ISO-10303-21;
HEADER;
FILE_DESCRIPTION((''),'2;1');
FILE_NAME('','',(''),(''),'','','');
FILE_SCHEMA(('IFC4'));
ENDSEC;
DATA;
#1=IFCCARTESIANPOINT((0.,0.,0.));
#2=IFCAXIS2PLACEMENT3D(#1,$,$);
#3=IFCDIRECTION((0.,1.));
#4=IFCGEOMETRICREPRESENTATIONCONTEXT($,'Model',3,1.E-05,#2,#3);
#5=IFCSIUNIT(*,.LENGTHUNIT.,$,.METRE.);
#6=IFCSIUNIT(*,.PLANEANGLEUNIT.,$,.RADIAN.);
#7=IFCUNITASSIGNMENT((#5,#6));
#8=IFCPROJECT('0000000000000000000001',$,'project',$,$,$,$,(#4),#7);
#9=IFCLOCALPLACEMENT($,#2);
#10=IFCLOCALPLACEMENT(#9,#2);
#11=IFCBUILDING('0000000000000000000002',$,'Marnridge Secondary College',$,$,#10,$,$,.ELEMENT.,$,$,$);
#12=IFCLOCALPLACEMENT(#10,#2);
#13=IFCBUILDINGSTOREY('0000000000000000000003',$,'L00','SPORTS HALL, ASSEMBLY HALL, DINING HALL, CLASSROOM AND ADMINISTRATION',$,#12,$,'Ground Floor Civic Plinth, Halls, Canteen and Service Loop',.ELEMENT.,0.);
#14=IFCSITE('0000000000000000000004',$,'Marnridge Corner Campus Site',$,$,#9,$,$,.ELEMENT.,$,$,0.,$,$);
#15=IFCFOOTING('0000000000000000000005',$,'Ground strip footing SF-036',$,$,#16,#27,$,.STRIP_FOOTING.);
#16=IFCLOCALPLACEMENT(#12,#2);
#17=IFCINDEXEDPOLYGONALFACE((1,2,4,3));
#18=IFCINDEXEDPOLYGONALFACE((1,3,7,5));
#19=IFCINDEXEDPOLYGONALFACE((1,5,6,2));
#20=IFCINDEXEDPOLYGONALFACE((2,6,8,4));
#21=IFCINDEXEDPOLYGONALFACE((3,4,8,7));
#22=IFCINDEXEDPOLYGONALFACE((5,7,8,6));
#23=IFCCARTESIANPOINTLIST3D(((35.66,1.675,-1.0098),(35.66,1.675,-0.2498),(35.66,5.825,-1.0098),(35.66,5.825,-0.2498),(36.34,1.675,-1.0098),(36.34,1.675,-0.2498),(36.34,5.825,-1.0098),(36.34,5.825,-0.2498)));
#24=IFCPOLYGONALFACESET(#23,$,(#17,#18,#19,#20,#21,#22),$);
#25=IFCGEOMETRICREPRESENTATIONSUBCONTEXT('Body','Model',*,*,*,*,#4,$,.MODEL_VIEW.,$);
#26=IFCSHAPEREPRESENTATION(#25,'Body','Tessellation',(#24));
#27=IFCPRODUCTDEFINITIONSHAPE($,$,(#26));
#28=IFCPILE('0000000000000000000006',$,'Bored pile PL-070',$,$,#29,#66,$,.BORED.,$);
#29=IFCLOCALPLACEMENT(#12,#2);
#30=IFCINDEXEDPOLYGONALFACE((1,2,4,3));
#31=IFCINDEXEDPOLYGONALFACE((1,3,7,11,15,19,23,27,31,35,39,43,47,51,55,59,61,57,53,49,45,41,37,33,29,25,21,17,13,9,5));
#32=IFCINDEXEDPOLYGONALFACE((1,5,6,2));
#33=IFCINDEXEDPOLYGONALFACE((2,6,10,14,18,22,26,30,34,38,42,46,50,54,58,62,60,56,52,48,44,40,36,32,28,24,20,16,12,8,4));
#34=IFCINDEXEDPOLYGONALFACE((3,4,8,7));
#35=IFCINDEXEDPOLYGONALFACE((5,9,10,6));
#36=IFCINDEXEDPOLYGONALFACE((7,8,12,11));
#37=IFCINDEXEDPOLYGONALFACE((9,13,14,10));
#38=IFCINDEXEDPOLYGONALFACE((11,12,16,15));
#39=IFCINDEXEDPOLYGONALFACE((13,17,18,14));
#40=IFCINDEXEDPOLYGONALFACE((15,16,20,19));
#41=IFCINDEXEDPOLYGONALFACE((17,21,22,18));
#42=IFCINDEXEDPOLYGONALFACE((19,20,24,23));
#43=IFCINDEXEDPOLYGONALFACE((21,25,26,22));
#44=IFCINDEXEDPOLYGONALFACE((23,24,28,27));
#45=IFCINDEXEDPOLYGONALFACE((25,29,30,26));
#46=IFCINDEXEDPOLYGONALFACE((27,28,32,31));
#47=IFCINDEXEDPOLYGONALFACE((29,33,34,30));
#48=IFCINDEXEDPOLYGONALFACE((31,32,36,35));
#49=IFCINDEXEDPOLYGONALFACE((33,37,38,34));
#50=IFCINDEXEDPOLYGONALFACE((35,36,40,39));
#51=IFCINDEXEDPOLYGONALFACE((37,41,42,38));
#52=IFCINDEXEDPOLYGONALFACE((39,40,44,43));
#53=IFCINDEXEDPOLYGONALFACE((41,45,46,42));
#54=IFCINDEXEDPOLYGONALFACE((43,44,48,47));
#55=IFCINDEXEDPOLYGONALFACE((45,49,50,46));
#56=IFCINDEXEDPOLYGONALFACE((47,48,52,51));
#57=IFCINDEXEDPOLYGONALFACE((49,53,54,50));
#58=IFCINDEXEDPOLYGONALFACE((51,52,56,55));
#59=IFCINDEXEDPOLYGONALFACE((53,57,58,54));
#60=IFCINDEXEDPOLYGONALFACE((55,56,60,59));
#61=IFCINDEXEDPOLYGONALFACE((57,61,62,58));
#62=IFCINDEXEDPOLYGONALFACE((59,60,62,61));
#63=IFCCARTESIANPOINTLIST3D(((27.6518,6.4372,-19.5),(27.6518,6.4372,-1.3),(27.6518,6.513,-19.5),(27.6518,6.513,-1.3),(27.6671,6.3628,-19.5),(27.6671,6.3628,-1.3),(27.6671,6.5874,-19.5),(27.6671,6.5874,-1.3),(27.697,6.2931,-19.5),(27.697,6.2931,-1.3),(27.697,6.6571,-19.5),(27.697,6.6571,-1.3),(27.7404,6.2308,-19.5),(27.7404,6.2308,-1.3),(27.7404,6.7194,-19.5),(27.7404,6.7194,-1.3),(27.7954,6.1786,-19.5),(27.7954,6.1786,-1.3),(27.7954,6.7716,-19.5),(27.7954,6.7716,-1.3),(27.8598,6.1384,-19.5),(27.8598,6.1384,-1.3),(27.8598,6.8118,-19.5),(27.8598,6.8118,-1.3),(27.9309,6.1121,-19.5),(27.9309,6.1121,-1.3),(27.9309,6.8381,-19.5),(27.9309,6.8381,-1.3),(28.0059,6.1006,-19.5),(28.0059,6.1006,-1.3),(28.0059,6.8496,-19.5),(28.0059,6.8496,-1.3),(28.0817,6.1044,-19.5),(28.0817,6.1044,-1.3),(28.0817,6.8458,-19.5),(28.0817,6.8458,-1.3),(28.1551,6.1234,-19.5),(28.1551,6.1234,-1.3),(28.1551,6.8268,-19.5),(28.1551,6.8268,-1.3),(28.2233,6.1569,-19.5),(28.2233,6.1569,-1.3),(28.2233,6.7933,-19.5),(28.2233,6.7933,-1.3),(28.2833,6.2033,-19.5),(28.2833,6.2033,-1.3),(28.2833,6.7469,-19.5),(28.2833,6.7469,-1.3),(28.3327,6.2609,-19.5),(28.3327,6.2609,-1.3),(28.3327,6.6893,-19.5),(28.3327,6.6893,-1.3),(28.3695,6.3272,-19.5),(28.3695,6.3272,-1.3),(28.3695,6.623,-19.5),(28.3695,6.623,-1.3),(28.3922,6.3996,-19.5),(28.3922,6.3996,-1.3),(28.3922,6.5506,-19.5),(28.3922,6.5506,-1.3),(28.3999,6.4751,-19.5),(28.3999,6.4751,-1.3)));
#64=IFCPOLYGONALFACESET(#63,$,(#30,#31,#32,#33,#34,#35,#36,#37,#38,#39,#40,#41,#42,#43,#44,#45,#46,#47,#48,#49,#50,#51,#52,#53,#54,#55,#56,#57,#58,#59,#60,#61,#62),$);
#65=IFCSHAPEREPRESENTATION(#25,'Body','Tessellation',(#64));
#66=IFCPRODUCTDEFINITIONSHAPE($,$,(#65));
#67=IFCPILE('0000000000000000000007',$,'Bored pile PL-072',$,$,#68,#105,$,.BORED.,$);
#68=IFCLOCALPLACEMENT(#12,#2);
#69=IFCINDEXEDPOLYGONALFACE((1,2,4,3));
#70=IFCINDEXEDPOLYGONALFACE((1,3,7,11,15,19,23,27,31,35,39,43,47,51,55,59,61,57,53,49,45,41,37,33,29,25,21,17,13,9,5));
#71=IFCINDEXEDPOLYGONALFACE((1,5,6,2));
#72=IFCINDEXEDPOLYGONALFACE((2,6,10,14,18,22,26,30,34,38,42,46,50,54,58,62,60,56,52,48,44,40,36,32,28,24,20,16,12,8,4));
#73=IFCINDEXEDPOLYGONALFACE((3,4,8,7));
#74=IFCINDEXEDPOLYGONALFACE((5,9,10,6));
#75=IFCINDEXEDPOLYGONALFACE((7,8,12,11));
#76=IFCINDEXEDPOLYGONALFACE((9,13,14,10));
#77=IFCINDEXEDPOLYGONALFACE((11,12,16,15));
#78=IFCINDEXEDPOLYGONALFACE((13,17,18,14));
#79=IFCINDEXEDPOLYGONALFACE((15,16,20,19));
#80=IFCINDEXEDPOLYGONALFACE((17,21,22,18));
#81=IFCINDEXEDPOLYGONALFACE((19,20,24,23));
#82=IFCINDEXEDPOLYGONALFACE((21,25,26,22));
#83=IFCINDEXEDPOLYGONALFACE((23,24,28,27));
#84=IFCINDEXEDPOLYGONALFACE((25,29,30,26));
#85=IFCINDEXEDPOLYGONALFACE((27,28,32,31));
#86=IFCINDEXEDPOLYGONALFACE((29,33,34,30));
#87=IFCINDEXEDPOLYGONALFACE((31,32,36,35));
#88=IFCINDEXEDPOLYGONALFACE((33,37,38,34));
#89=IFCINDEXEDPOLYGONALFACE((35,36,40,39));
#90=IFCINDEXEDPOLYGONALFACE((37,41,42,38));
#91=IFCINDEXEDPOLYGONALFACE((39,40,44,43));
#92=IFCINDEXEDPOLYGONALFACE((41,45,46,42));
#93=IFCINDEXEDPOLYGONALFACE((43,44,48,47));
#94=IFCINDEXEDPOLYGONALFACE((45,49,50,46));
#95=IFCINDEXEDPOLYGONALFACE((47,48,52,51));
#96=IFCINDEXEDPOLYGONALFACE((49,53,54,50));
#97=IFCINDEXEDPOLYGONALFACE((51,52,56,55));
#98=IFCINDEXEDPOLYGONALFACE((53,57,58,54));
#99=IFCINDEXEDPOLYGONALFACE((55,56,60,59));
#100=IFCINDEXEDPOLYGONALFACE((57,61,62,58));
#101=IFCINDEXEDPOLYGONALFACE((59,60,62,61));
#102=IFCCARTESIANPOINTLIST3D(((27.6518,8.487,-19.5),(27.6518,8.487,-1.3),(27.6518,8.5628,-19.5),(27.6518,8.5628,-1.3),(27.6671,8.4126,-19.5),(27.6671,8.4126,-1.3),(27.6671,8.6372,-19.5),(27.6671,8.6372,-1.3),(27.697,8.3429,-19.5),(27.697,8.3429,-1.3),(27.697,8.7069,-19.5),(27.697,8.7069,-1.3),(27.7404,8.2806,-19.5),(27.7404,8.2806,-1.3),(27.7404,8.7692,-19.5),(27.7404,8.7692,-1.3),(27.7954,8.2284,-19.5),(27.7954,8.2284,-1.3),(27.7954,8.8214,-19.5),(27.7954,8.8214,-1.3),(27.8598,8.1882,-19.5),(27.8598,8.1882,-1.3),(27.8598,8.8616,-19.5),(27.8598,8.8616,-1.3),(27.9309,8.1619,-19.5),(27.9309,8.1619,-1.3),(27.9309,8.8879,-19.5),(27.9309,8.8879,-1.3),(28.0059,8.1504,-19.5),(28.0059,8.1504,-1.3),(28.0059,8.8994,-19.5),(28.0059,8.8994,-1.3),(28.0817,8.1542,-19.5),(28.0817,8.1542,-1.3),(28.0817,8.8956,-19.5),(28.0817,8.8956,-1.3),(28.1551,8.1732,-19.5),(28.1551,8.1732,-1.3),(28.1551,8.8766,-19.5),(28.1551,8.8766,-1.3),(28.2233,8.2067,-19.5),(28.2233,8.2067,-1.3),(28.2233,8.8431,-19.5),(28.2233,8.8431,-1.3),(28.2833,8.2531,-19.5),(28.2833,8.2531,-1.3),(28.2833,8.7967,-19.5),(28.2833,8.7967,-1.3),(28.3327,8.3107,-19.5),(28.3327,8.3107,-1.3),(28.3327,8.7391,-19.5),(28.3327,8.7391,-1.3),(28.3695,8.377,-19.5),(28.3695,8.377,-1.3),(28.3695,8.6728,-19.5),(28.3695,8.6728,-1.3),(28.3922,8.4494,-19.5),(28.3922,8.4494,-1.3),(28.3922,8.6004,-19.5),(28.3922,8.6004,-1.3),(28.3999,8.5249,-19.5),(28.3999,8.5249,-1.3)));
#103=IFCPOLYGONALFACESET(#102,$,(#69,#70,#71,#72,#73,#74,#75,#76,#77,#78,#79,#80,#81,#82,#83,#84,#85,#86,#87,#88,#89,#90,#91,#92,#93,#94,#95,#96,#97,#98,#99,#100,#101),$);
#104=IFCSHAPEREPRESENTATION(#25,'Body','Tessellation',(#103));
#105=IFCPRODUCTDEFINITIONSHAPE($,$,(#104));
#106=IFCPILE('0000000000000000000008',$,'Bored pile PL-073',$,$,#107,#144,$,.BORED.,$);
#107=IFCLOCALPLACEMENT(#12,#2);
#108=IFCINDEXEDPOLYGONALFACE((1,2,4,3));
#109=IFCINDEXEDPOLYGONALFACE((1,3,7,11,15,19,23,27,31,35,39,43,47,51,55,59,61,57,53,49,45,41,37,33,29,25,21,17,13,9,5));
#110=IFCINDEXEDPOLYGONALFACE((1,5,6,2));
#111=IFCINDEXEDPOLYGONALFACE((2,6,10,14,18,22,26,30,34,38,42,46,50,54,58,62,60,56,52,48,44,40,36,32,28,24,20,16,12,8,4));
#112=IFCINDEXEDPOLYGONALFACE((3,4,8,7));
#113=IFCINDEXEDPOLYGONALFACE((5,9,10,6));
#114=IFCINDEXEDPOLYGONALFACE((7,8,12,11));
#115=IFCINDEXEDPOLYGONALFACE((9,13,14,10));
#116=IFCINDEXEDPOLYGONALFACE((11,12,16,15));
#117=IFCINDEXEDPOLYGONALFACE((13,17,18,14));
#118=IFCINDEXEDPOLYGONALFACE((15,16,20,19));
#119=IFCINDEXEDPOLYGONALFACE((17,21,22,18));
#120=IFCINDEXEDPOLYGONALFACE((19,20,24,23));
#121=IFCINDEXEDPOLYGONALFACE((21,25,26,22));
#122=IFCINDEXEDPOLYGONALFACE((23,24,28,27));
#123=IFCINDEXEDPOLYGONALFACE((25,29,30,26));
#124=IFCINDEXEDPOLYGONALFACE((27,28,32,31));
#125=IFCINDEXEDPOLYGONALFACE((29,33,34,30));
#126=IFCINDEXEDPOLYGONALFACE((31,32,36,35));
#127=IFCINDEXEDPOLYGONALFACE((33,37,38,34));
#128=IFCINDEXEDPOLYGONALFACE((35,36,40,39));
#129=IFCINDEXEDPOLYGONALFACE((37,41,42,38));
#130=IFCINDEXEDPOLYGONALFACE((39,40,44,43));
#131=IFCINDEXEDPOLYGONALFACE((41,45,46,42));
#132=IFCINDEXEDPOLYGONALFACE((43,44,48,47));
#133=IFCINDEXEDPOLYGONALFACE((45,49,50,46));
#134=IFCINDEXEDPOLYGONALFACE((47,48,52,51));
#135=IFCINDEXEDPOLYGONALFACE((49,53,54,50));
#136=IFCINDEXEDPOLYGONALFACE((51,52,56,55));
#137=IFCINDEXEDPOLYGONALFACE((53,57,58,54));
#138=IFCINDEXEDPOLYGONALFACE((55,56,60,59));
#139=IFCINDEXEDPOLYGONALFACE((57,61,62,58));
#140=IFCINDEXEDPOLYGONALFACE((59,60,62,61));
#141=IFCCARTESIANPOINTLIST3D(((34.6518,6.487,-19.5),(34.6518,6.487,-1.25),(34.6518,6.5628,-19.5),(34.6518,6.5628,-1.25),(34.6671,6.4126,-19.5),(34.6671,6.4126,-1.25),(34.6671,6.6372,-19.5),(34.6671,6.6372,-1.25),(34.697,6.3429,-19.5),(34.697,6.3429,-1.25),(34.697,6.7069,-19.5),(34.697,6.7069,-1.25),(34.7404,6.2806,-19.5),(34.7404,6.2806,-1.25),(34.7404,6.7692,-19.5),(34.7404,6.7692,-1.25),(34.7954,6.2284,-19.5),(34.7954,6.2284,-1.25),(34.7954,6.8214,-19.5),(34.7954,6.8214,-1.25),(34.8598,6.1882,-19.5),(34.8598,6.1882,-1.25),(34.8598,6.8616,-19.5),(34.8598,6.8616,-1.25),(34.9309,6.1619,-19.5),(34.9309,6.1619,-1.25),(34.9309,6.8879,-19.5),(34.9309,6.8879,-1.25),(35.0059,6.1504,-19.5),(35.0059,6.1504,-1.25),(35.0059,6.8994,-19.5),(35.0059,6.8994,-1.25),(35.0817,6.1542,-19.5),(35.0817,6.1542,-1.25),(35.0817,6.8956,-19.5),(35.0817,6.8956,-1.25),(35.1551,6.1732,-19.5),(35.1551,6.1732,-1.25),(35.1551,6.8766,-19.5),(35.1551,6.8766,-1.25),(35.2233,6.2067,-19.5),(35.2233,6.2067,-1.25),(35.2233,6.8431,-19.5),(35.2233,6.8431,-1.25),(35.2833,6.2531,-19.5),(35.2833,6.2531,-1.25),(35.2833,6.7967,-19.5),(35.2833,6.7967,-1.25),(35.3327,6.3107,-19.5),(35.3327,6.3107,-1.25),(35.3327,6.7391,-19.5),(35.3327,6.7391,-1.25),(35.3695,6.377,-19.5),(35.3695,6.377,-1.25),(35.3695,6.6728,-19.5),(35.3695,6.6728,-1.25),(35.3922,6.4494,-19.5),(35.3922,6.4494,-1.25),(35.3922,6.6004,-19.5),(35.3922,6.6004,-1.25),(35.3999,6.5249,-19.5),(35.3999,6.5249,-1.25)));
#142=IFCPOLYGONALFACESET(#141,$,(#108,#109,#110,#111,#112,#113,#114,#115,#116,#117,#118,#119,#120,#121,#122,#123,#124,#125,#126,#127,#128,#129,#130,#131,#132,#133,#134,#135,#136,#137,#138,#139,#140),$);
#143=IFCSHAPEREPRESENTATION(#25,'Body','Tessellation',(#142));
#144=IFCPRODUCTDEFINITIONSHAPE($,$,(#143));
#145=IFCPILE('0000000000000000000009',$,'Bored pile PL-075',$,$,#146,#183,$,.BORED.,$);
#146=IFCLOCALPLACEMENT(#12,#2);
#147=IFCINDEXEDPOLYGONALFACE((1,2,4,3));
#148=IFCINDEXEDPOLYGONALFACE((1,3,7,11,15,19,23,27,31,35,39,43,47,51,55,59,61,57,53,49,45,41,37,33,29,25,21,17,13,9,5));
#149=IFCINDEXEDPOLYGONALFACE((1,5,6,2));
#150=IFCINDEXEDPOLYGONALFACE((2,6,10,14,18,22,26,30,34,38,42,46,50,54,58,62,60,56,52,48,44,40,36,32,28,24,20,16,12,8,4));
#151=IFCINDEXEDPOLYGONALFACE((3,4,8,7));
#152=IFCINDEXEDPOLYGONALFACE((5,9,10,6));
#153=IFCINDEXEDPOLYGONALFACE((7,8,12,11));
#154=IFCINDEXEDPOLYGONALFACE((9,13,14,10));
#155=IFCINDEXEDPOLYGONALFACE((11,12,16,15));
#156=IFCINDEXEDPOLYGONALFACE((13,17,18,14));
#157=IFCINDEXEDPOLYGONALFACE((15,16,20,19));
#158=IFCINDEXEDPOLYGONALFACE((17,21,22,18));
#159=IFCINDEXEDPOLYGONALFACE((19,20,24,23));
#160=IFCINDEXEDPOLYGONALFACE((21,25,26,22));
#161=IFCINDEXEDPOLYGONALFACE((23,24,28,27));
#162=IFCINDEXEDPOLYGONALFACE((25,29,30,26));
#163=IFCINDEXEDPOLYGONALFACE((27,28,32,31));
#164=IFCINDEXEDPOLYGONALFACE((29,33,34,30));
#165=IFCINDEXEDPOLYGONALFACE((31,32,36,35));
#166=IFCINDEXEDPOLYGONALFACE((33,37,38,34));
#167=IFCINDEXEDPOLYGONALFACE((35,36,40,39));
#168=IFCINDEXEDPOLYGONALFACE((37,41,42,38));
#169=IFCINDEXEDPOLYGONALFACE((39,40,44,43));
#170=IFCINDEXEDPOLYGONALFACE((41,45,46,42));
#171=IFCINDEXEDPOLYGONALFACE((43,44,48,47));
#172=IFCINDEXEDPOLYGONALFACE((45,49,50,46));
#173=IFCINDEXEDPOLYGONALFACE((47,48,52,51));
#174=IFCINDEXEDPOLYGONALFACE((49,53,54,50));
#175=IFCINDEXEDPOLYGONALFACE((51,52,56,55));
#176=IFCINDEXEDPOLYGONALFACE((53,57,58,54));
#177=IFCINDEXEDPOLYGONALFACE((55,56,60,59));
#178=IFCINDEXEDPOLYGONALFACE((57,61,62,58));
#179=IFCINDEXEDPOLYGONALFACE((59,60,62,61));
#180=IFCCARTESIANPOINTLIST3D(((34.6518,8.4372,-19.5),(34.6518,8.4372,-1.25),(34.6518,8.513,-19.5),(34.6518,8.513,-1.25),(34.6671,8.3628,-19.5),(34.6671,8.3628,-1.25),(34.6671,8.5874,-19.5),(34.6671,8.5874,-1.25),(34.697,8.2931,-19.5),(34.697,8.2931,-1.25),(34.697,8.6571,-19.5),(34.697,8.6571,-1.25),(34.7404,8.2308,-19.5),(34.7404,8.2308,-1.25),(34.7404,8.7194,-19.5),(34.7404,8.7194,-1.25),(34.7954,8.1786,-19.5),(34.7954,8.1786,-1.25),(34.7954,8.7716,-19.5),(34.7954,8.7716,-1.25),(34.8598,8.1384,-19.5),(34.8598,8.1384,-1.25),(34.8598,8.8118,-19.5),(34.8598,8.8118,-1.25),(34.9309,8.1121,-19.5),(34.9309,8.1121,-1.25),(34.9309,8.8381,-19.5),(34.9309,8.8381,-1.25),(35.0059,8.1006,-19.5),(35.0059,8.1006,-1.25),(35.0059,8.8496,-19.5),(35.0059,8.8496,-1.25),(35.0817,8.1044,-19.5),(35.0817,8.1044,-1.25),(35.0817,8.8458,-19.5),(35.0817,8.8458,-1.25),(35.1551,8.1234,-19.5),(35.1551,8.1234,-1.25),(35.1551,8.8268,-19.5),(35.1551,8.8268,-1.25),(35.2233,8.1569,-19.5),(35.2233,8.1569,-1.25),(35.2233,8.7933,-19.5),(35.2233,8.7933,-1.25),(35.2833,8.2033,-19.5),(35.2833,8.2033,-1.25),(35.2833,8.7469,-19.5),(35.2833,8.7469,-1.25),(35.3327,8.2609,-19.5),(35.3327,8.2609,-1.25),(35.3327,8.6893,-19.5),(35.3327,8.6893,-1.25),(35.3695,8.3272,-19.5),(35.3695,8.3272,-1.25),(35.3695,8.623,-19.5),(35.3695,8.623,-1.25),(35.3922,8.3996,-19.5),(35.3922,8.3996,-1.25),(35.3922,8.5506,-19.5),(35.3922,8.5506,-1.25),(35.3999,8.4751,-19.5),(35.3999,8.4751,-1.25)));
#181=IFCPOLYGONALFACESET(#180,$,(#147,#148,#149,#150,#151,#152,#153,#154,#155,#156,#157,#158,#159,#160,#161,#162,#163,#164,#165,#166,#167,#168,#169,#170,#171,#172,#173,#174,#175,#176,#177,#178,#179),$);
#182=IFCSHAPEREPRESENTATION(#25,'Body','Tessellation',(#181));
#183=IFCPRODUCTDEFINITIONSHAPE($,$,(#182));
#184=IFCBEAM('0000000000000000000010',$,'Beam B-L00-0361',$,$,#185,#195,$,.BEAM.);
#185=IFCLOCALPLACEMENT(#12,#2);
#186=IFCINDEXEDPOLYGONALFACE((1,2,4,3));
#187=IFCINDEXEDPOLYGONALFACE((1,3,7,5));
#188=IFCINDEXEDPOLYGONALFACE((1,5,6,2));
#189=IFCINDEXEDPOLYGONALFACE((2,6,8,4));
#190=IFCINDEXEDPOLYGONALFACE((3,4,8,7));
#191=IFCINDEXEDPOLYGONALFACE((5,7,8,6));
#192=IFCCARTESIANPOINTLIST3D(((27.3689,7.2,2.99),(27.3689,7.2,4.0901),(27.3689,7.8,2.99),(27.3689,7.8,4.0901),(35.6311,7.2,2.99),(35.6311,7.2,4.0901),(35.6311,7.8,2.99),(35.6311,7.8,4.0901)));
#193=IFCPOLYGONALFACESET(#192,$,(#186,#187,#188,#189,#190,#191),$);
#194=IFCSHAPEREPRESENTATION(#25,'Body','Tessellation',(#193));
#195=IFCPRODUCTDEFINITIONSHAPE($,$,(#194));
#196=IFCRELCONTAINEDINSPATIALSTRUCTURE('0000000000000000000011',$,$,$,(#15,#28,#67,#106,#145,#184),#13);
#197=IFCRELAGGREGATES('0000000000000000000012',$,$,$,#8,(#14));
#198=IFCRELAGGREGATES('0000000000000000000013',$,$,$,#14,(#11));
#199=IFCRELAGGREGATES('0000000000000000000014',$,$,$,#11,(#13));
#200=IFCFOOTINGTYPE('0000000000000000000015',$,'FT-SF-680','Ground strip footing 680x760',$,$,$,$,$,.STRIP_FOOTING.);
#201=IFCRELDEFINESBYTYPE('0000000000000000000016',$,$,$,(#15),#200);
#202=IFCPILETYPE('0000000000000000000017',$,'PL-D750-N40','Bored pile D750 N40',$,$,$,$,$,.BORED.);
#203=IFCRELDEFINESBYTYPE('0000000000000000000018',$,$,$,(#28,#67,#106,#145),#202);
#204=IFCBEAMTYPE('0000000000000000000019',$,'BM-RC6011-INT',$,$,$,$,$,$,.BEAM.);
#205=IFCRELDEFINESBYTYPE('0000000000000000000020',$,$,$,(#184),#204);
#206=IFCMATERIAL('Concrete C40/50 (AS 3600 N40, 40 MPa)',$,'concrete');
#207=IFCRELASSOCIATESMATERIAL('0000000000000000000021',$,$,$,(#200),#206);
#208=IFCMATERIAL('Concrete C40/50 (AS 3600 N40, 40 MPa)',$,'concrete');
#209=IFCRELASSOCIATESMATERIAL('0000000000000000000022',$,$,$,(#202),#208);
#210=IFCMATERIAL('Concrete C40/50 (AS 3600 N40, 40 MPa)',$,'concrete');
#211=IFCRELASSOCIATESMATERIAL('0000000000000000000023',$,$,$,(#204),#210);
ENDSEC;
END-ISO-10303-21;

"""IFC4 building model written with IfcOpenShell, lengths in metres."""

from ifc_helpers import new_model, si_unit, direction, frame, origin, origin_2d, place, context, subcontext, project, spatial, rectangle, circle, extrude, material, material_profile, profile_set, type_object, element, save


model = new_model("IFC4")

# Units and contexts
model_context = context("Model", 3, precision=1e-05, world=origin(), true_north=direction((0.0, 1.0)))
body_context = subcontext(model_context, "Body", "Model", "MODEL_VIEW")
ifc_project = project(units=[si_unit("LENGTHUNIT", "METRE"), si_unit("PLANEANGLEUNIT", "RADIAN")], contexts=[model_context])

# Site, building, storey
site_placement = place(None, origin())
site = spatial("IfcSite", under=ifc_project, at=site_placement, Name="Marnridge Corner Campus Site", CompositionType="ELEMENT", RefElevation=0.0)
building_placement = place(site_placement, origin())
building = spatial("IfcBuilding", under=site, at=building_placement, Name="Marnridge Secondary College", CompositionType="ELEMENT")
storey_placement = place(building_placement, origin())
storey = spatial("IfcBuildingStorey", under=building, at=storey_placement, Name="L00", Description="SPORTS HALL, ASSEMBLY HALL, DINING HALL, CLASSROOM AND ADMINISTRATION", LongName="Ground Floor Civic Plinth, Halls, Canteen and Service Loop", CompositionType="ELEMENT", Elevation=0.0)

# Footing
ifc_material_1 = material(Name="Concrete C40/50 (AS 3600 N40, 40 MPa)", Category="concrete")
footing_type = type_object("IfcFootingType", Name="FT-SF-680", Description="Ground strip footing 680x760", PredefinedType="STRIP_FOOTING", material=ifc_material_1)
footing_placement = place(storey_placement, frame((36.0, 3.75, -1.0098), z_axis=(0.0, 0.0, 1.0), x_axis=(1.0, 0.0, 0.0)))
element("IfcFooting", 1, at=footing_placement, inside=storey, type_object=footing_type, Name="Ground strip footing SF-036", PredefinedType="STRIP_FOOTING", context=body_context, shape_type="SweptSolid", body=[
    extrude(rectangle(XDim=0.6799, YDim=4.1499, at=origin_2d()), origin(), (0.0, 0.0, 1.0), 0.76),
])

# Piles
ifc_material_2 = material(Name="Concrete C40/50 (AS 3600 N40, 40 MPa)", Category="concrete")
ifc_material_profile_1 = material_profile(ifc_material_2, circle(Radius=0.375, at=origin_2d()), Name="PILE D750")
ifc_profile_set_1 = profile_set([ifc_material_profile_1], Name="Concrete C40/50 (AS 3600 N40, 40 MPa)")
pile_type = type_object("IfcPileType", Name="PL-D750-N40", Description="Bored pile D750 N40", PredefinedType="BORED", material=ifc_profile_set_1)
for number, where, z_axis, x_axis, name in (
    (2, (28.0249, 6.4751, -1.3), (0.0, 0.0, -1.0), (1.0, 0.0, 0.0), "Bored pile PL-070"),
    (3, (28.0249, 8.5249, -1.3), (0.0, 0.0, -1.0), (1.0, 0.0, 0.0), "Bored pile PL-072"),
):
    element("IfcPile", number, at=place(storey_placement, frame(where, z_axis=z_axis, x_axis=x_axis)), inside=storey, type_object=pile_type, Name=name, PredefinedType="BORED", context=body_context, shape_type="SweptSolid", body=[
        extrude(circle(Radius=0.375, at=origin_2d()), origin(), (0.0, 0.0, 1.0), 18.2),
    ])
for number, where, z_axis, x_axis, name in (
    (4, (35.0249, 6.5249, -1.25), (0.0, 0.0, -1.0), (1.0, 0.0, 0.0), "Bored pile PL-073"),
    (5, (35.0249, 8.4751, -1.25), (0.0, 0.0, -1.0), (1.0, 0.0, 0.0), "Bored pile PL-075"),
):
    element("IfcPile", number, at=place(storey_placement, frame(where, z_axis=z_axis, x_axis=x_axis)), inside=storey, type_object=pile_type, Name=name, PredefinedType="BORED", context=body_context, shape_type="SweptSolid", body=[
        extrude(circle(Radius=0.375, at=origin_2d()), origin(), (0.0, 0.0, 1.0), 18.25),
    ])

# Beam
ifc_material_3 = material(Name="Concrete C40/50 (AS 3600 N40, 40 MPa)", Category="concrete")
ifc_material_profile_2 = material_profile(ifc_material_3, rectangle(XDim=0.6001, YDim=1.1001, at=origin_2d()), Name="RC 600x1100")
ifc_profile_set_2 = profile_set([ifc_material_profile_2], Name="Concrete C40/50 (AS 3600 N40, 40 MPa)")
beam_type_1 = type_object("IfcBeamType", Name="BM-RC6011-INT", PredefinedType="BEAM", material=ifc_profile_set_2)
beam_placement = place(storey_placement, frame((27.3689, 7.5, 3.54), z_axis=(1.0, 0.0, 0.0), x_axis=(0.0, 1.0, 0.0)))
element("IfcBeam", 6, at=beam_placement, inside=storey, type_object=beam_type_1, Name="Beam B-L00-0361", PredefinedType="BEAM", context=body_context, shape_type="SweptSolid", body=[
    extrude(rectangle(XDim=0.6001, YDim=1.1001, at=origin_2d()), origin(), (0.0, 0.0, 1.0), 8.2622),
])

save(model, "model.ifc")
